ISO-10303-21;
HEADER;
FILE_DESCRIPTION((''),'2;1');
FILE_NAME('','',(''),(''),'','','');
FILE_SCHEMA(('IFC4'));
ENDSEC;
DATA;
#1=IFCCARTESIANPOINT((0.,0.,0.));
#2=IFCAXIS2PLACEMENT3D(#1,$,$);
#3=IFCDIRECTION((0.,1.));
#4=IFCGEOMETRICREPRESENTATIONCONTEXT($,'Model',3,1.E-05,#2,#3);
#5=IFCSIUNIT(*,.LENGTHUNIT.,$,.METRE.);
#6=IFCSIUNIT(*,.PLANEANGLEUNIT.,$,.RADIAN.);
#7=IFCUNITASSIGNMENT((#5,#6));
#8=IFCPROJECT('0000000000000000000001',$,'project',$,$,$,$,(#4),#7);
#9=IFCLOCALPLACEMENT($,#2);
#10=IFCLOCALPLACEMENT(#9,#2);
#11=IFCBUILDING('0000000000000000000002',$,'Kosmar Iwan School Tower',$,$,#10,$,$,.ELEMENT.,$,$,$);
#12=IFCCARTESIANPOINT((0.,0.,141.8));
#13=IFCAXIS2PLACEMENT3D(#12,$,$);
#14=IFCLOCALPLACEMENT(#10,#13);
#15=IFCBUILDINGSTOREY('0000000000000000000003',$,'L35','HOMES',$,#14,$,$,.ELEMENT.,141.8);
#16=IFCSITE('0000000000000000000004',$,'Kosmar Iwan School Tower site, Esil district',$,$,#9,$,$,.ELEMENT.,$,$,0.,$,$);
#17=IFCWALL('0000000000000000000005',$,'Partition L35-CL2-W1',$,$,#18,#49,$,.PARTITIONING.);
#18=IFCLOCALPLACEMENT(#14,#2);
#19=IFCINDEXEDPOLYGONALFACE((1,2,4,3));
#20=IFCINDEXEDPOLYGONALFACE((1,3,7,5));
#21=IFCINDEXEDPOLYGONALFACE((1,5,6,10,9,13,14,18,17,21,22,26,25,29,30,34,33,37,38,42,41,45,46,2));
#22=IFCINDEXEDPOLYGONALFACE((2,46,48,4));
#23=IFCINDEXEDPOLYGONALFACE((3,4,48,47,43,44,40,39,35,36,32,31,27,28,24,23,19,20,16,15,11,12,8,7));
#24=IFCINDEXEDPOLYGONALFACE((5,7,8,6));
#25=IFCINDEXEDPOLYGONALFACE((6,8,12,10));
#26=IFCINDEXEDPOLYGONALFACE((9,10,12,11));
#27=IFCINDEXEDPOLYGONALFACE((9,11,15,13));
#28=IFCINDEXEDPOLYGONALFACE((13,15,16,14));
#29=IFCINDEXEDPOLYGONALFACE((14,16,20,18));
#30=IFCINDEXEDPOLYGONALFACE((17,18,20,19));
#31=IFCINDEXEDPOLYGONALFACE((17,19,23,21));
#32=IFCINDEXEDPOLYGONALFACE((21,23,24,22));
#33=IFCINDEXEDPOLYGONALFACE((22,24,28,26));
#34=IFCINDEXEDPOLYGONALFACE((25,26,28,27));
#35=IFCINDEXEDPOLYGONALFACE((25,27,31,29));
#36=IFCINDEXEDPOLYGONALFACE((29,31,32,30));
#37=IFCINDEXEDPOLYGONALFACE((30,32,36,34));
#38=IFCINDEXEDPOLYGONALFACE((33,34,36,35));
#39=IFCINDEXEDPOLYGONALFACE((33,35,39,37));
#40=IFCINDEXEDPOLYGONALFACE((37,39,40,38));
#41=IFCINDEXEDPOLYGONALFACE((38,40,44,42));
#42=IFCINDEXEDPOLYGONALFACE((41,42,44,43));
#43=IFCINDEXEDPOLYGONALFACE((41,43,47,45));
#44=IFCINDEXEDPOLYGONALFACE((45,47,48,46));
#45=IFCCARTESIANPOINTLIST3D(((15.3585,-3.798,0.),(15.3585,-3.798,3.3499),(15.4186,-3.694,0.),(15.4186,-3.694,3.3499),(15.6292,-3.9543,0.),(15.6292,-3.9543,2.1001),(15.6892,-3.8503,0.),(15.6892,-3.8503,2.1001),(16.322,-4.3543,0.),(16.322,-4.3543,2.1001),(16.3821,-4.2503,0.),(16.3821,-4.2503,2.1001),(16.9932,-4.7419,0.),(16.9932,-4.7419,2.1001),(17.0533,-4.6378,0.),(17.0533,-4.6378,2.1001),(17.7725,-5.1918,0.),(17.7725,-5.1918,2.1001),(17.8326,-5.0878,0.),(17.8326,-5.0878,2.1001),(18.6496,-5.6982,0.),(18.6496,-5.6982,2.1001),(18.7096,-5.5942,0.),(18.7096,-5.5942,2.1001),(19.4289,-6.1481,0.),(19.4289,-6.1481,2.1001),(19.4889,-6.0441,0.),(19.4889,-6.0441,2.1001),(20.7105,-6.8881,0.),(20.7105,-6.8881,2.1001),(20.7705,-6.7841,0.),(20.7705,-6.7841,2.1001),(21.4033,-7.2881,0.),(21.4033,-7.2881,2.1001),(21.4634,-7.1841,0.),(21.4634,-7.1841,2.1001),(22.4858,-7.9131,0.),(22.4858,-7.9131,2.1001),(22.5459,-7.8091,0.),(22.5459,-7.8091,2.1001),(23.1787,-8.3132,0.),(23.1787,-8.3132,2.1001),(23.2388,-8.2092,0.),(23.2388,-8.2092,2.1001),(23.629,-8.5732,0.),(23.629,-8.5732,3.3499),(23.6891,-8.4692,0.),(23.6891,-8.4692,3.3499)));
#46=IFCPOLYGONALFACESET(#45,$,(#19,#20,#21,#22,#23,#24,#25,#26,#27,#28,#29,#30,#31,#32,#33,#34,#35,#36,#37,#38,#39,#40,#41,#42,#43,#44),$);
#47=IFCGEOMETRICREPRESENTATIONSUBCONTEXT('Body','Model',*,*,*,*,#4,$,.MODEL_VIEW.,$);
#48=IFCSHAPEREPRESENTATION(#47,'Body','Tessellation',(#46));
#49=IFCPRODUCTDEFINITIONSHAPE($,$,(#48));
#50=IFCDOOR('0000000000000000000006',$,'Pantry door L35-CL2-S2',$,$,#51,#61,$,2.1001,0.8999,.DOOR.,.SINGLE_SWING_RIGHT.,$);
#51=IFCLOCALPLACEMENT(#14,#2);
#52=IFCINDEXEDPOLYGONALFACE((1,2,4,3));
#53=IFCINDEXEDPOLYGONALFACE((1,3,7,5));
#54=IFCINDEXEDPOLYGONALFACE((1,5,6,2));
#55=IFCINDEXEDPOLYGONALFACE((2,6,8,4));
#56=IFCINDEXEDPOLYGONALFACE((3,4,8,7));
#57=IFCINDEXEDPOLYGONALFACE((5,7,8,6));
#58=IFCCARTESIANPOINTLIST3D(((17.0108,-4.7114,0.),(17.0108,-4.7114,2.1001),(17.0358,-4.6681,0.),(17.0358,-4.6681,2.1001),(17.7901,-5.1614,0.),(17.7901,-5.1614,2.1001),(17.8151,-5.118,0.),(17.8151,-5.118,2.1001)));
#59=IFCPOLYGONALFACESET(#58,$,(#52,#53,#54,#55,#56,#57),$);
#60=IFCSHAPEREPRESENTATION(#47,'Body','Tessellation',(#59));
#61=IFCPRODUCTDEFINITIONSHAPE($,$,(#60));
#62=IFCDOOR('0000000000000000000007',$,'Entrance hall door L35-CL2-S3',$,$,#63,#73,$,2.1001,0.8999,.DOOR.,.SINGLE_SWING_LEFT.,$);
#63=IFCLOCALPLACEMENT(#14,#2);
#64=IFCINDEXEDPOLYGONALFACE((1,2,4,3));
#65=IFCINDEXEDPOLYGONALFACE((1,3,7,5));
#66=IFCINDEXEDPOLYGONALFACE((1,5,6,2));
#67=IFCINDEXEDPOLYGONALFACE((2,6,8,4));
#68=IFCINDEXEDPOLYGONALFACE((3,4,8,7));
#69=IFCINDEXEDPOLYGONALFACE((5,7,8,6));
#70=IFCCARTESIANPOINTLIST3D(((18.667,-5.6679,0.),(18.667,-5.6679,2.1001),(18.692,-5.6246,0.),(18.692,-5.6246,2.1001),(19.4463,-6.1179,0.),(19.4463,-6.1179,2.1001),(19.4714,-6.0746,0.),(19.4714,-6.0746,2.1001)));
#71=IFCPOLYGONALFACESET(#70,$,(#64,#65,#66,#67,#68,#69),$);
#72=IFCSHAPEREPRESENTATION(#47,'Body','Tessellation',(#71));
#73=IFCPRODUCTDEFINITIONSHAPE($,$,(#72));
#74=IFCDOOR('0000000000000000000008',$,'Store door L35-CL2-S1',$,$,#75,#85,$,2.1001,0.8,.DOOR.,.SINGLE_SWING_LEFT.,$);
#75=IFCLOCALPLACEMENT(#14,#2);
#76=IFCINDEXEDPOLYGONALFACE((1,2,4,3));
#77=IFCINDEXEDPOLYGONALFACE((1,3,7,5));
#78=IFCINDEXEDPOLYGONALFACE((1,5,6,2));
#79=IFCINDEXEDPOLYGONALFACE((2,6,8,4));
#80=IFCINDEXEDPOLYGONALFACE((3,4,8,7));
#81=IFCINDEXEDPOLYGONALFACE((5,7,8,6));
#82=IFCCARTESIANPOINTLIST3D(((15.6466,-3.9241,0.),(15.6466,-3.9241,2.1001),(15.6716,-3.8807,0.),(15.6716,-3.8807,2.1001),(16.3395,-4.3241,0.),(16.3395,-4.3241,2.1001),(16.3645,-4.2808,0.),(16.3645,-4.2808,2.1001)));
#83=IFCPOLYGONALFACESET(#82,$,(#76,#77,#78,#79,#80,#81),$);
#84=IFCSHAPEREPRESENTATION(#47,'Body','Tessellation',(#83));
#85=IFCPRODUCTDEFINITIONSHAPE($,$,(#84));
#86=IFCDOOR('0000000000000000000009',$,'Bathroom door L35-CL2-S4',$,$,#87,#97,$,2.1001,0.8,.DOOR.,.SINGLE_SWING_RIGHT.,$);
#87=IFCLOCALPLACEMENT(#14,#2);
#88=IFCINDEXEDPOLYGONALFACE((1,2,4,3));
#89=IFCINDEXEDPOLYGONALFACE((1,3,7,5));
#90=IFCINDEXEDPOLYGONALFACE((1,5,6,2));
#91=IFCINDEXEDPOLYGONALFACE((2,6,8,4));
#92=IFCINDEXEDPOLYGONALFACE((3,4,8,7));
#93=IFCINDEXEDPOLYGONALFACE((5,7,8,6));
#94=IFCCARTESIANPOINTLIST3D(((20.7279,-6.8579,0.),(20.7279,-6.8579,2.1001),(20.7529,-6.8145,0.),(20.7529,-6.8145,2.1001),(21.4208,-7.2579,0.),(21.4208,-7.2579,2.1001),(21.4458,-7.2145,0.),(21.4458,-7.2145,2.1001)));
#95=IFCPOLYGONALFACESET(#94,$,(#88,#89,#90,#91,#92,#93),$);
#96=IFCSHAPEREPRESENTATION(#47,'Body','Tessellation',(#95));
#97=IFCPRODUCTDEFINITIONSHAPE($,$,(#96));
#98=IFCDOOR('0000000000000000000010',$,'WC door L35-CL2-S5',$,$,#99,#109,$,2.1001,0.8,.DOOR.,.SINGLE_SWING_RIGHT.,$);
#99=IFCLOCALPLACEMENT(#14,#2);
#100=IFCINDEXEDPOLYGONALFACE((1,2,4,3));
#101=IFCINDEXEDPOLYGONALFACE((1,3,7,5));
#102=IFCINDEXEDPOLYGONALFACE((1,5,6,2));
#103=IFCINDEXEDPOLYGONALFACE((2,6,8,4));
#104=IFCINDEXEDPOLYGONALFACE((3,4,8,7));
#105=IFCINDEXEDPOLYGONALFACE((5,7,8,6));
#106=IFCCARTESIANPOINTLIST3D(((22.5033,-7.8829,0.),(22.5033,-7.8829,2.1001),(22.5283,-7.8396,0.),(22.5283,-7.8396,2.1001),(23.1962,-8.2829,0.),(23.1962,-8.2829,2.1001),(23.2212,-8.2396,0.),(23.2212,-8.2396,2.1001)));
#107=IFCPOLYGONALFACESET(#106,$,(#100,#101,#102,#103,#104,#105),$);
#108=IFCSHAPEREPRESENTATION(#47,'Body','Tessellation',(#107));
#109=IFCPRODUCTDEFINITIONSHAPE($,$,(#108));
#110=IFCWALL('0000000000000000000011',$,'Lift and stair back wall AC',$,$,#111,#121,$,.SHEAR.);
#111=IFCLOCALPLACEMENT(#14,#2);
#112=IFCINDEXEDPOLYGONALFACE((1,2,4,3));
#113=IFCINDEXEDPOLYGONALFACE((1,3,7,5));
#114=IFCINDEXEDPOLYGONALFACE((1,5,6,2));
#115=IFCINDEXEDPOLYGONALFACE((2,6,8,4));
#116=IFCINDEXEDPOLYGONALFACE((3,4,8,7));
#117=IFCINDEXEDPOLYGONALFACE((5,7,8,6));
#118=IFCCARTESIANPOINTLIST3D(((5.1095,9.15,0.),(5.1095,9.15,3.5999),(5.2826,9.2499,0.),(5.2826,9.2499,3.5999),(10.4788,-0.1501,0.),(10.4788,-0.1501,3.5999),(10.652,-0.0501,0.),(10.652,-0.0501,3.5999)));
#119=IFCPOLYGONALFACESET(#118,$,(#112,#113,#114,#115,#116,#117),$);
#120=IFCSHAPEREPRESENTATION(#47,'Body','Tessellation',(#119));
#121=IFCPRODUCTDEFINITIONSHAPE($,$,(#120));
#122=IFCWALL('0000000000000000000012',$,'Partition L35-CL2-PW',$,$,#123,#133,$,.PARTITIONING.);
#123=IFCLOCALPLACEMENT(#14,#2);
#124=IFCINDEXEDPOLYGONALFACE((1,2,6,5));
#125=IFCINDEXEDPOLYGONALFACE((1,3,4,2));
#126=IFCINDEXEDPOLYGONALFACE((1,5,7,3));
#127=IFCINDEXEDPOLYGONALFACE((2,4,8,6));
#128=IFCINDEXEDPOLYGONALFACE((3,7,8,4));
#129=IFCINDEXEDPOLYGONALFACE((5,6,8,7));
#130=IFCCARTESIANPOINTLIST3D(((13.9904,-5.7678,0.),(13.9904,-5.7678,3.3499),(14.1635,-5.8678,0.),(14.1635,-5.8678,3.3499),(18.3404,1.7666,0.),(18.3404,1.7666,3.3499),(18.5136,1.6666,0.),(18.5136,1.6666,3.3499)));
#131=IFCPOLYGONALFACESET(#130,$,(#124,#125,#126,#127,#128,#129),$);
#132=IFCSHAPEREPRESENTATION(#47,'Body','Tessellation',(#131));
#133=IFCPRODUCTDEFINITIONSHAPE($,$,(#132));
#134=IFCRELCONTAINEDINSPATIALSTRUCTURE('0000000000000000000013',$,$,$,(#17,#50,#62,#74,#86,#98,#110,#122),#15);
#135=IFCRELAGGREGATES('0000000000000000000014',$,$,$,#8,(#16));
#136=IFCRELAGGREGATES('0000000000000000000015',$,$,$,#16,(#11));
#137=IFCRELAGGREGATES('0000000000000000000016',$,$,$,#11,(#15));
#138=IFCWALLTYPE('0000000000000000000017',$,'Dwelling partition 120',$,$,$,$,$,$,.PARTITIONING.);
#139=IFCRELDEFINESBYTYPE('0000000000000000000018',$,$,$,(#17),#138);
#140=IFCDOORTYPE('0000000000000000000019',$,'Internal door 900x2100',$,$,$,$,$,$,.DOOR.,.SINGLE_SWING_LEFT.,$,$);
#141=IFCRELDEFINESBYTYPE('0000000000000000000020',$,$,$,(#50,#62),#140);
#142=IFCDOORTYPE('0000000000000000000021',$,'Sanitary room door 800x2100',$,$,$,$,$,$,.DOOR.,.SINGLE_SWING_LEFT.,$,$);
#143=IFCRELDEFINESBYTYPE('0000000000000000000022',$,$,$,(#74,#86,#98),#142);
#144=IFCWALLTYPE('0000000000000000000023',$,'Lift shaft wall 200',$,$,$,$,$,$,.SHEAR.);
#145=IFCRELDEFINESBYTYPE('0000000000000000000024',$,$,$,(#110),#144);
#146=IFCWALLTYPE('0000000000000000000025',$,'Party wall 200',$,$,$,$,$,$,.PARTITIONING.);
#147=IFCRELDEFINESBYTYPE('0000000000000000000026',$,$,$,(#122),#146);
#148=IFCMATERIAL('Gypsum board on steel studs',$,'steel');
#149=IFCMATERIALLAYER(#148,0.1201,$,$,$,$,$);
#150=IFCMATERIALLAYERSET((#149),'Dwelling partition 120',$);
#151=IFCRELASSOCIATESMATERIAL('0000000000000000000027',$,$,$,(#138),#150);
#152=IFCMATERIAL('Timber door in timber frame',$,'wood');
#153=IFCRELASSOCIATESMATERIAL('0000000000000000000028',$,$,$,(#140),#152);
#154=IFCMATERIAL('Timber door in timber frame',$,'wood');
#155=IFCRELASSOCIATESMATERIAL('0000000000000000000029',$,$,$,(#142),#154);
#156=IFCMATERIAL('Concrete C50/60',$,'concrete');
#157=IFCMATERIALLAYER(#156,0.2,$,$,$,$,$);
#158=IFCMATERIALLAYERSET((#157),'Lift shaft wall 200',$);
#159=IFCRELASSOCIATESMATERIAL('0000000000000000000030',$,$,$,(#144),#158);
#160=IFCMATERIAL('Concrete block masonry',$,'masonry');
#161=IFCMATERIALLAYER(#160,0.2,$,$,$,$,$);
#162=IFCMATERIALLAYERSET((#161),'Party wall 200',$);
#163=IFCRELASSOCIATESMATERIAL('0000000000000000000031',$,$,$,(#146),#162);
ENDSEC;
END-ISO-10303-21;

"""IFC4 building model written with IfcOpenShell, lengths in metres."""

from ifc_helpers import new_model, si_unit, direction, frame, frame_2d, origin, place, context, subcontext, project, spatial, rectangle, extrude, material, layer, layer_set, type_object, element, fill, save


model = new_model("IFC4")

# Units and contexts
model_context = context("Model", 3, precision=1e-05, world=origin(), true_north=direction((0.0, 1.0)))
body_context = subcontext(model_context, "Body", "Model", "MODEL_VIEW")
ifc_project = project(units=[si_unit("LENGTHUNIT", "METRE"), si_unit("PLANEANGLEUNIT", "RADIAN")], contexts=[model_context])

# Site, building, storey
site_placement = place(None, origin())
site = spatial("IfcSite", under=ifc_project, at=site_placement, Name="Kosmar Iwan School Tower site, Esil district", CompositionType="ELEMENT", RefElevation=0.0)
building_placement = place(site_placement, origin())
building = spatial("IfcBuilding", under=site, at=building_placement, Name="Kosmar Iwan School Tower", CompositionType="ELEMENT")
storey_placement = place(building_placement, frame((0.0, 0.0, 141.8)))
storey = spatial("IfcBuildingStorey", under=building, at=storey_placement, Name="L35", Description="HOMES", CompositionType="ELEMENT", Elevation=141.8)

# Shared definitions
ifc_material_1 = material(Name="Gypsum board on steel studs", Category="steel")
ifc_layer_1 = layer(ifc_material_1, 0.1201)
ifc_layer_set_1 = layer_set([ifc_layer_1], Name="Dwelling partition 120")
wall_type_1 = type_object("IfcWallType", Name="Dwelling partition 120", PredefinedType="PARTITIONING", material=ifc_layer_set_1)
ifc_material_2 = material(Name="Timber door in timber frame", Category="wood")
door_type_1 = type_object("IfcDoorType", Name="Internal door 900x2100", OperationType="SINGLE_SWING_LEFT", PredefinedType="DOOR", material=ifc_material_2)
ifc_material_3 = material(Name="Timber door in timber frame", Category="wood")
door_type_2 = type_object("IfcDoorType", Name="Sanitary room door 800x2100", OperationType="SINGLE_SWING_LEFT", PredefinedType="DOOR", material=ifc_material_3)

# Wall, openings, doors
wall_1_placement = place(storey_placement, frame((15.3887, -3.7461, 0.0), z_axis=(0.0, 0.0, 1.0), x_axis=(0.866018, -0.500013, 0.0)))
wall_1 = element("IfcWall", 1, at=wall_1_placement, inside=storey, type_object=wall_type_1, Name="Partition L35-CL2-W1", PredefinedType="PARTITIONING", context=body_context, shape_type="SweptSolid", body=[
    extrude(rectangle(XDim=9.55, YDim=0.1201, at=frame_2d((4.7749, 0.0))), origin(), (0.0, 0.0, 1.0), 3.3499),
])
opening_1_placement = place(wall_1_placement, frame((0.3125, 0.0, 0.0)))
opening_1 = element("IfcOpeningElement", 2, at=opening_1_placement, cuts=wall_1, PredefinedType="OPENING", context=body_context, shape_type="SweptSolid", body=[
    extrude(rectangle(XDim=0.8, YDim=2.1001, at=frame_2d((0.3999, 1.05))), frame((0.0, 0.072, 0.0), z_axis=(0.0, -1.0, 0.0), x_axis=(1.0, 0.0, 0.0)), (0.0, 0.0, 1.0), 0.144),
])
opening_2_placement = place(wall_1_placement, frame((1.8875, 0.0, 0.0)))
opening_2 = element("IfcOpeningElement", 3, at=opening_2_placement, cuts=wall_1, PredefinedType="OPENING", context=body_context, shape_type="SweptSolid", body=[
    extrude(rectangle(XDim=0.8999, YDim=2.1001, at=frame_2d((0.45, 1.05))), frame((0.0, 0.072, 0.0), z_axis=(0.0, -1.0, 0.0), x_axis=(1.0, 0.0, 0.0)), (0.0, 0.0, 1.0), 0.144),
])
opening_3_placement = place(wall_1_placement, frame((3.8, 0.0, 0.0)))
opening_3 = element("IfcOpeningElement", 4, at=opening_3_placement, cuts=wall_1, PredefinedType="OPENING", context=body_context, shape_type="SweptSolid", body=[
    extrude(rectangle(XDim=0.8999, YDim=2.1001, at=frame_2d((0.45, 1.05))), frame((0.0, 0.072, 0.0), z_axis=(0.0, -1.0, 0.0), x_axis=(1.0, 0.0, 0.0)), (0.0, 0.0, 1.0), 0.144),
])
opening_4_placement = place(wall_1_placement, frame((6.1799, 0.0, 0.0)))
opening_4 = element("IfcOpeningElement", 5, at=opening_4_placement, cuts=wall_1, PredefinedType="OPENING", context=body_context, shape_type="SweptSolid", body=[
    extrude(rectangle(XDim=0.8, YDim=2.1001, at=frame_2d((0.3999, 1.05))), frame((0.0, 0.072, 0.0), z_axis=(0.0, -1.0, 0.0), x_axis=(1.0, 0.0, 0.0)), (0.0, 0.0, 1.0), 0.144),
])
opening_5_placement = place(wall_1_placement, frame((8.23, 0.0, 0.0)))
opening_5 = element("IfcOpeningElement", 6, at=opening_5_placement, cuts=wall_1, PredefinedType="OPENING", context=body_context, shape_type="SweptSolid", body=[
    extrude(rectangle(XDim=0.8, YDim=2.1001, at=frame_2d((0.3999, 1.05))), frame((0.0, 0.072, 0.0), z_axis=(0.0, -1.0, 0.0), x_axis=(1.0, 0.0, 0.0)), (0.0, 0.0, 1.0), 0.144),
])
door_1_placement = place(opening_2_placement, frame((0.8999, 0.0, 0.0), z_axis=(0.0, 0.0, 1.0), x_axis=(-1.0, 0.0, 0.0)))
door_1 = element("IfcDoor", 7, at=door_1_placement, inside=storey, type_object=door_type_1, Name="Pantry door L35-CL2-S2", OperationType="SINGLE_SWING_RIGHT", OverallHeight=2.1001, OverallWidth=0.8999, PredefinedType="DOOR", context=body_context, shape_type="SweptSolid", body=[
    extrude(rectangle(XDim=0.8999, YDim=2.1001, at=frame_2d((0.45, 1.05))), frame((0.0, 0.0249, 0.0), z_axis=(0.0, -1.0, 0.0), x_axis=(1.0, 0.0, 0.0)), (0.0, 0.0, 1.0), 0.05),
])
fill(opening_2, door_1)
door_2_placement = place(opening_3_placement, origin())
door_2 = element("IfcDoor", 8, at=door_2_placement, inside=storey, type_object=door_type_1, Name="Entrance hall door L35-CL2-S3", OperationType="SINGLE_SWING_LEFT", OverallHeight=2.1001, OverallWidth=0.8999, PredefinedType="DOOR", context=body_context, shape_type="SweptSolid", body=[
    extrude(rectangle(XDim=0.8999, YDim=2.1001, at=frame_2d((0.45, 1.05))), frame((0.0, 0.0249, 0.0), z_axis=(0.0, -1.0, 0.0), x_axis=(1.0, 0.0, 0.0)), (0.0, 0.0, 1.0), 0.05),
])
fill(opening_3, door_2)
door_3_placement = place(opening_1_placement, origin())
door_3 = element("IfcDoor", 9, at=door_3_placement, inside=storey, type_object=door_type_2, Name="Store door L35-CL2-S1", OperationType="SINGLE_SWING_LEFT", OverallHeight=2.1001, OverallWidth=0.8, PredefinedType="DOOR", context=body_context, shape_type="SweptSolid", body=[
    extrude(rectangle(XDim=0.8, YDim=2.1001, at=frame_2d((0.3999, 1.05))), frame((0.0, 0.0249, 0.0), z_axis=(0.0, -1.0, 0.0), x_axis=(1.0, 0.0, 0.0)), (0.0, 0.0, 1.0), 0.05),
])
fill(opening_1, door_3)
door_4_placement = place(opening_4_placement, origin())
door_4 = element("IfcDoor", 10, at=door_4_placement, inside=storey, type_object=door_type_2, Name="Bathroom door L35-CL2-S4", OperationType="SINGLE_SWING_RIGHT", OverallHeight=2.1001, OverallWidth=0.8, PredefinedType="DOOR", context=body_context, shape_type="SweptSolid", body=[
    extrude(rectangle(XDim=0.8, YDim=2.1001, at=frame_2d((0.3999, 1.05))), frame((0.0, 0.0249, 0.0), z_axis=(0.0, -1.0, 0.0), x_axis=(1.0, 0.0, 0.0)), (0.0, 0.0, 1.0), 0.05),
])
fill(opening_4, door_4)
door_5_placement = place(opening_5_placement, origin())
door_5 = element("IfcDoor", 11, at=door_5_placement, inside=storey, type_object=door_type_2, Name="WC door L35-CL2-S5", OperationType="SINGLE_SWING_RIGHT", OverallHeight=2.1001, OverallWidth=0.8, PredefinedType="DOOR", context=body_context, shape_type="SweptSolid", body=[
    extrude(rectangle(XDim=0.8, YDim=2.1001, at=frame_2d((0.3999, 1.05))), frame((0.0, 0.0249, 0.0), z_axis=(0.0, -1.0, 0.0), x_axis=(1.0, 0.0, 0.0)), (0.0, 0.0, 1.0), 0.05),
])
fill(opening_5, door_5)

# Walls
ifc_material_4 = material(Name="Concrete C50/60", Category="concrete")
ifc_layer_2 = layer(ifc_material_4, 0.2)
ifc_layer_set_2 = layer_set([ifc_layer_2], Name="Lift shaft wall 200")
wall_type_2 = type_object("IfcWallType", Name="Lift shaft wall 200", PredefinedType="SHEAR", material=ifc_layer_set_2)
wall_2_placement = place(storey_placement, frame((10.5654, -0.1001, 0.0), z_axis=(0.0, 0.0, 1.0), x_axis=(-0.5, 0.866025, 0.0)))
element("IfcWall", 12, at=wall_2_placement, inside=storey, type_object=wall_type_2, Name="Lift and stair back wall AC", PredefinedType="SHEAR", context=body_context, shape_type="SweptSolid", body=[
    extrude(rectangle(XDim=10.7388, YDim=0.2, at=frame_2d((5.3694, 0.0))), origin(), (0.0, 0.0, 1.0), 3.5999),
])
ifc_material_5 = material(Name="Concrete block masonry", Category="masonry")
ifc_layer_3 = layer(ifc_material_5, 0.2)
ifc_layer_set_3 = layer_set([ifc_layer_3], Name="Party wall 200")
wall_type_3 = type_object("IfcWallType", Name="Party wall 200", PredefinedType="PARTITIONING", material=ifc_layer_set_3)
wall_3_placement = place(storey_placement, frame((14.0769, -5.8179, 0.0), z_axis=(0.0, 0.0, 1.0), x_axis=(0.500008, 0.866021, 0.0)))
element("IfcWall", 13, at=wall_3_placement, inside=storey, type_object=wall_type_3, Name="Partition L35-CL2-PW", PredefinedType="PARTITIONING", context=body_context, shape_type="SweptSolid", body=[
    extrude(rectangle(XDim=8.7, YDim=0.2, at=frame_2d((4.3501, 0.0))), origin(), (0.0, 0.0, 1.0), 3.3499),
])

save(model, "model.ifc")
